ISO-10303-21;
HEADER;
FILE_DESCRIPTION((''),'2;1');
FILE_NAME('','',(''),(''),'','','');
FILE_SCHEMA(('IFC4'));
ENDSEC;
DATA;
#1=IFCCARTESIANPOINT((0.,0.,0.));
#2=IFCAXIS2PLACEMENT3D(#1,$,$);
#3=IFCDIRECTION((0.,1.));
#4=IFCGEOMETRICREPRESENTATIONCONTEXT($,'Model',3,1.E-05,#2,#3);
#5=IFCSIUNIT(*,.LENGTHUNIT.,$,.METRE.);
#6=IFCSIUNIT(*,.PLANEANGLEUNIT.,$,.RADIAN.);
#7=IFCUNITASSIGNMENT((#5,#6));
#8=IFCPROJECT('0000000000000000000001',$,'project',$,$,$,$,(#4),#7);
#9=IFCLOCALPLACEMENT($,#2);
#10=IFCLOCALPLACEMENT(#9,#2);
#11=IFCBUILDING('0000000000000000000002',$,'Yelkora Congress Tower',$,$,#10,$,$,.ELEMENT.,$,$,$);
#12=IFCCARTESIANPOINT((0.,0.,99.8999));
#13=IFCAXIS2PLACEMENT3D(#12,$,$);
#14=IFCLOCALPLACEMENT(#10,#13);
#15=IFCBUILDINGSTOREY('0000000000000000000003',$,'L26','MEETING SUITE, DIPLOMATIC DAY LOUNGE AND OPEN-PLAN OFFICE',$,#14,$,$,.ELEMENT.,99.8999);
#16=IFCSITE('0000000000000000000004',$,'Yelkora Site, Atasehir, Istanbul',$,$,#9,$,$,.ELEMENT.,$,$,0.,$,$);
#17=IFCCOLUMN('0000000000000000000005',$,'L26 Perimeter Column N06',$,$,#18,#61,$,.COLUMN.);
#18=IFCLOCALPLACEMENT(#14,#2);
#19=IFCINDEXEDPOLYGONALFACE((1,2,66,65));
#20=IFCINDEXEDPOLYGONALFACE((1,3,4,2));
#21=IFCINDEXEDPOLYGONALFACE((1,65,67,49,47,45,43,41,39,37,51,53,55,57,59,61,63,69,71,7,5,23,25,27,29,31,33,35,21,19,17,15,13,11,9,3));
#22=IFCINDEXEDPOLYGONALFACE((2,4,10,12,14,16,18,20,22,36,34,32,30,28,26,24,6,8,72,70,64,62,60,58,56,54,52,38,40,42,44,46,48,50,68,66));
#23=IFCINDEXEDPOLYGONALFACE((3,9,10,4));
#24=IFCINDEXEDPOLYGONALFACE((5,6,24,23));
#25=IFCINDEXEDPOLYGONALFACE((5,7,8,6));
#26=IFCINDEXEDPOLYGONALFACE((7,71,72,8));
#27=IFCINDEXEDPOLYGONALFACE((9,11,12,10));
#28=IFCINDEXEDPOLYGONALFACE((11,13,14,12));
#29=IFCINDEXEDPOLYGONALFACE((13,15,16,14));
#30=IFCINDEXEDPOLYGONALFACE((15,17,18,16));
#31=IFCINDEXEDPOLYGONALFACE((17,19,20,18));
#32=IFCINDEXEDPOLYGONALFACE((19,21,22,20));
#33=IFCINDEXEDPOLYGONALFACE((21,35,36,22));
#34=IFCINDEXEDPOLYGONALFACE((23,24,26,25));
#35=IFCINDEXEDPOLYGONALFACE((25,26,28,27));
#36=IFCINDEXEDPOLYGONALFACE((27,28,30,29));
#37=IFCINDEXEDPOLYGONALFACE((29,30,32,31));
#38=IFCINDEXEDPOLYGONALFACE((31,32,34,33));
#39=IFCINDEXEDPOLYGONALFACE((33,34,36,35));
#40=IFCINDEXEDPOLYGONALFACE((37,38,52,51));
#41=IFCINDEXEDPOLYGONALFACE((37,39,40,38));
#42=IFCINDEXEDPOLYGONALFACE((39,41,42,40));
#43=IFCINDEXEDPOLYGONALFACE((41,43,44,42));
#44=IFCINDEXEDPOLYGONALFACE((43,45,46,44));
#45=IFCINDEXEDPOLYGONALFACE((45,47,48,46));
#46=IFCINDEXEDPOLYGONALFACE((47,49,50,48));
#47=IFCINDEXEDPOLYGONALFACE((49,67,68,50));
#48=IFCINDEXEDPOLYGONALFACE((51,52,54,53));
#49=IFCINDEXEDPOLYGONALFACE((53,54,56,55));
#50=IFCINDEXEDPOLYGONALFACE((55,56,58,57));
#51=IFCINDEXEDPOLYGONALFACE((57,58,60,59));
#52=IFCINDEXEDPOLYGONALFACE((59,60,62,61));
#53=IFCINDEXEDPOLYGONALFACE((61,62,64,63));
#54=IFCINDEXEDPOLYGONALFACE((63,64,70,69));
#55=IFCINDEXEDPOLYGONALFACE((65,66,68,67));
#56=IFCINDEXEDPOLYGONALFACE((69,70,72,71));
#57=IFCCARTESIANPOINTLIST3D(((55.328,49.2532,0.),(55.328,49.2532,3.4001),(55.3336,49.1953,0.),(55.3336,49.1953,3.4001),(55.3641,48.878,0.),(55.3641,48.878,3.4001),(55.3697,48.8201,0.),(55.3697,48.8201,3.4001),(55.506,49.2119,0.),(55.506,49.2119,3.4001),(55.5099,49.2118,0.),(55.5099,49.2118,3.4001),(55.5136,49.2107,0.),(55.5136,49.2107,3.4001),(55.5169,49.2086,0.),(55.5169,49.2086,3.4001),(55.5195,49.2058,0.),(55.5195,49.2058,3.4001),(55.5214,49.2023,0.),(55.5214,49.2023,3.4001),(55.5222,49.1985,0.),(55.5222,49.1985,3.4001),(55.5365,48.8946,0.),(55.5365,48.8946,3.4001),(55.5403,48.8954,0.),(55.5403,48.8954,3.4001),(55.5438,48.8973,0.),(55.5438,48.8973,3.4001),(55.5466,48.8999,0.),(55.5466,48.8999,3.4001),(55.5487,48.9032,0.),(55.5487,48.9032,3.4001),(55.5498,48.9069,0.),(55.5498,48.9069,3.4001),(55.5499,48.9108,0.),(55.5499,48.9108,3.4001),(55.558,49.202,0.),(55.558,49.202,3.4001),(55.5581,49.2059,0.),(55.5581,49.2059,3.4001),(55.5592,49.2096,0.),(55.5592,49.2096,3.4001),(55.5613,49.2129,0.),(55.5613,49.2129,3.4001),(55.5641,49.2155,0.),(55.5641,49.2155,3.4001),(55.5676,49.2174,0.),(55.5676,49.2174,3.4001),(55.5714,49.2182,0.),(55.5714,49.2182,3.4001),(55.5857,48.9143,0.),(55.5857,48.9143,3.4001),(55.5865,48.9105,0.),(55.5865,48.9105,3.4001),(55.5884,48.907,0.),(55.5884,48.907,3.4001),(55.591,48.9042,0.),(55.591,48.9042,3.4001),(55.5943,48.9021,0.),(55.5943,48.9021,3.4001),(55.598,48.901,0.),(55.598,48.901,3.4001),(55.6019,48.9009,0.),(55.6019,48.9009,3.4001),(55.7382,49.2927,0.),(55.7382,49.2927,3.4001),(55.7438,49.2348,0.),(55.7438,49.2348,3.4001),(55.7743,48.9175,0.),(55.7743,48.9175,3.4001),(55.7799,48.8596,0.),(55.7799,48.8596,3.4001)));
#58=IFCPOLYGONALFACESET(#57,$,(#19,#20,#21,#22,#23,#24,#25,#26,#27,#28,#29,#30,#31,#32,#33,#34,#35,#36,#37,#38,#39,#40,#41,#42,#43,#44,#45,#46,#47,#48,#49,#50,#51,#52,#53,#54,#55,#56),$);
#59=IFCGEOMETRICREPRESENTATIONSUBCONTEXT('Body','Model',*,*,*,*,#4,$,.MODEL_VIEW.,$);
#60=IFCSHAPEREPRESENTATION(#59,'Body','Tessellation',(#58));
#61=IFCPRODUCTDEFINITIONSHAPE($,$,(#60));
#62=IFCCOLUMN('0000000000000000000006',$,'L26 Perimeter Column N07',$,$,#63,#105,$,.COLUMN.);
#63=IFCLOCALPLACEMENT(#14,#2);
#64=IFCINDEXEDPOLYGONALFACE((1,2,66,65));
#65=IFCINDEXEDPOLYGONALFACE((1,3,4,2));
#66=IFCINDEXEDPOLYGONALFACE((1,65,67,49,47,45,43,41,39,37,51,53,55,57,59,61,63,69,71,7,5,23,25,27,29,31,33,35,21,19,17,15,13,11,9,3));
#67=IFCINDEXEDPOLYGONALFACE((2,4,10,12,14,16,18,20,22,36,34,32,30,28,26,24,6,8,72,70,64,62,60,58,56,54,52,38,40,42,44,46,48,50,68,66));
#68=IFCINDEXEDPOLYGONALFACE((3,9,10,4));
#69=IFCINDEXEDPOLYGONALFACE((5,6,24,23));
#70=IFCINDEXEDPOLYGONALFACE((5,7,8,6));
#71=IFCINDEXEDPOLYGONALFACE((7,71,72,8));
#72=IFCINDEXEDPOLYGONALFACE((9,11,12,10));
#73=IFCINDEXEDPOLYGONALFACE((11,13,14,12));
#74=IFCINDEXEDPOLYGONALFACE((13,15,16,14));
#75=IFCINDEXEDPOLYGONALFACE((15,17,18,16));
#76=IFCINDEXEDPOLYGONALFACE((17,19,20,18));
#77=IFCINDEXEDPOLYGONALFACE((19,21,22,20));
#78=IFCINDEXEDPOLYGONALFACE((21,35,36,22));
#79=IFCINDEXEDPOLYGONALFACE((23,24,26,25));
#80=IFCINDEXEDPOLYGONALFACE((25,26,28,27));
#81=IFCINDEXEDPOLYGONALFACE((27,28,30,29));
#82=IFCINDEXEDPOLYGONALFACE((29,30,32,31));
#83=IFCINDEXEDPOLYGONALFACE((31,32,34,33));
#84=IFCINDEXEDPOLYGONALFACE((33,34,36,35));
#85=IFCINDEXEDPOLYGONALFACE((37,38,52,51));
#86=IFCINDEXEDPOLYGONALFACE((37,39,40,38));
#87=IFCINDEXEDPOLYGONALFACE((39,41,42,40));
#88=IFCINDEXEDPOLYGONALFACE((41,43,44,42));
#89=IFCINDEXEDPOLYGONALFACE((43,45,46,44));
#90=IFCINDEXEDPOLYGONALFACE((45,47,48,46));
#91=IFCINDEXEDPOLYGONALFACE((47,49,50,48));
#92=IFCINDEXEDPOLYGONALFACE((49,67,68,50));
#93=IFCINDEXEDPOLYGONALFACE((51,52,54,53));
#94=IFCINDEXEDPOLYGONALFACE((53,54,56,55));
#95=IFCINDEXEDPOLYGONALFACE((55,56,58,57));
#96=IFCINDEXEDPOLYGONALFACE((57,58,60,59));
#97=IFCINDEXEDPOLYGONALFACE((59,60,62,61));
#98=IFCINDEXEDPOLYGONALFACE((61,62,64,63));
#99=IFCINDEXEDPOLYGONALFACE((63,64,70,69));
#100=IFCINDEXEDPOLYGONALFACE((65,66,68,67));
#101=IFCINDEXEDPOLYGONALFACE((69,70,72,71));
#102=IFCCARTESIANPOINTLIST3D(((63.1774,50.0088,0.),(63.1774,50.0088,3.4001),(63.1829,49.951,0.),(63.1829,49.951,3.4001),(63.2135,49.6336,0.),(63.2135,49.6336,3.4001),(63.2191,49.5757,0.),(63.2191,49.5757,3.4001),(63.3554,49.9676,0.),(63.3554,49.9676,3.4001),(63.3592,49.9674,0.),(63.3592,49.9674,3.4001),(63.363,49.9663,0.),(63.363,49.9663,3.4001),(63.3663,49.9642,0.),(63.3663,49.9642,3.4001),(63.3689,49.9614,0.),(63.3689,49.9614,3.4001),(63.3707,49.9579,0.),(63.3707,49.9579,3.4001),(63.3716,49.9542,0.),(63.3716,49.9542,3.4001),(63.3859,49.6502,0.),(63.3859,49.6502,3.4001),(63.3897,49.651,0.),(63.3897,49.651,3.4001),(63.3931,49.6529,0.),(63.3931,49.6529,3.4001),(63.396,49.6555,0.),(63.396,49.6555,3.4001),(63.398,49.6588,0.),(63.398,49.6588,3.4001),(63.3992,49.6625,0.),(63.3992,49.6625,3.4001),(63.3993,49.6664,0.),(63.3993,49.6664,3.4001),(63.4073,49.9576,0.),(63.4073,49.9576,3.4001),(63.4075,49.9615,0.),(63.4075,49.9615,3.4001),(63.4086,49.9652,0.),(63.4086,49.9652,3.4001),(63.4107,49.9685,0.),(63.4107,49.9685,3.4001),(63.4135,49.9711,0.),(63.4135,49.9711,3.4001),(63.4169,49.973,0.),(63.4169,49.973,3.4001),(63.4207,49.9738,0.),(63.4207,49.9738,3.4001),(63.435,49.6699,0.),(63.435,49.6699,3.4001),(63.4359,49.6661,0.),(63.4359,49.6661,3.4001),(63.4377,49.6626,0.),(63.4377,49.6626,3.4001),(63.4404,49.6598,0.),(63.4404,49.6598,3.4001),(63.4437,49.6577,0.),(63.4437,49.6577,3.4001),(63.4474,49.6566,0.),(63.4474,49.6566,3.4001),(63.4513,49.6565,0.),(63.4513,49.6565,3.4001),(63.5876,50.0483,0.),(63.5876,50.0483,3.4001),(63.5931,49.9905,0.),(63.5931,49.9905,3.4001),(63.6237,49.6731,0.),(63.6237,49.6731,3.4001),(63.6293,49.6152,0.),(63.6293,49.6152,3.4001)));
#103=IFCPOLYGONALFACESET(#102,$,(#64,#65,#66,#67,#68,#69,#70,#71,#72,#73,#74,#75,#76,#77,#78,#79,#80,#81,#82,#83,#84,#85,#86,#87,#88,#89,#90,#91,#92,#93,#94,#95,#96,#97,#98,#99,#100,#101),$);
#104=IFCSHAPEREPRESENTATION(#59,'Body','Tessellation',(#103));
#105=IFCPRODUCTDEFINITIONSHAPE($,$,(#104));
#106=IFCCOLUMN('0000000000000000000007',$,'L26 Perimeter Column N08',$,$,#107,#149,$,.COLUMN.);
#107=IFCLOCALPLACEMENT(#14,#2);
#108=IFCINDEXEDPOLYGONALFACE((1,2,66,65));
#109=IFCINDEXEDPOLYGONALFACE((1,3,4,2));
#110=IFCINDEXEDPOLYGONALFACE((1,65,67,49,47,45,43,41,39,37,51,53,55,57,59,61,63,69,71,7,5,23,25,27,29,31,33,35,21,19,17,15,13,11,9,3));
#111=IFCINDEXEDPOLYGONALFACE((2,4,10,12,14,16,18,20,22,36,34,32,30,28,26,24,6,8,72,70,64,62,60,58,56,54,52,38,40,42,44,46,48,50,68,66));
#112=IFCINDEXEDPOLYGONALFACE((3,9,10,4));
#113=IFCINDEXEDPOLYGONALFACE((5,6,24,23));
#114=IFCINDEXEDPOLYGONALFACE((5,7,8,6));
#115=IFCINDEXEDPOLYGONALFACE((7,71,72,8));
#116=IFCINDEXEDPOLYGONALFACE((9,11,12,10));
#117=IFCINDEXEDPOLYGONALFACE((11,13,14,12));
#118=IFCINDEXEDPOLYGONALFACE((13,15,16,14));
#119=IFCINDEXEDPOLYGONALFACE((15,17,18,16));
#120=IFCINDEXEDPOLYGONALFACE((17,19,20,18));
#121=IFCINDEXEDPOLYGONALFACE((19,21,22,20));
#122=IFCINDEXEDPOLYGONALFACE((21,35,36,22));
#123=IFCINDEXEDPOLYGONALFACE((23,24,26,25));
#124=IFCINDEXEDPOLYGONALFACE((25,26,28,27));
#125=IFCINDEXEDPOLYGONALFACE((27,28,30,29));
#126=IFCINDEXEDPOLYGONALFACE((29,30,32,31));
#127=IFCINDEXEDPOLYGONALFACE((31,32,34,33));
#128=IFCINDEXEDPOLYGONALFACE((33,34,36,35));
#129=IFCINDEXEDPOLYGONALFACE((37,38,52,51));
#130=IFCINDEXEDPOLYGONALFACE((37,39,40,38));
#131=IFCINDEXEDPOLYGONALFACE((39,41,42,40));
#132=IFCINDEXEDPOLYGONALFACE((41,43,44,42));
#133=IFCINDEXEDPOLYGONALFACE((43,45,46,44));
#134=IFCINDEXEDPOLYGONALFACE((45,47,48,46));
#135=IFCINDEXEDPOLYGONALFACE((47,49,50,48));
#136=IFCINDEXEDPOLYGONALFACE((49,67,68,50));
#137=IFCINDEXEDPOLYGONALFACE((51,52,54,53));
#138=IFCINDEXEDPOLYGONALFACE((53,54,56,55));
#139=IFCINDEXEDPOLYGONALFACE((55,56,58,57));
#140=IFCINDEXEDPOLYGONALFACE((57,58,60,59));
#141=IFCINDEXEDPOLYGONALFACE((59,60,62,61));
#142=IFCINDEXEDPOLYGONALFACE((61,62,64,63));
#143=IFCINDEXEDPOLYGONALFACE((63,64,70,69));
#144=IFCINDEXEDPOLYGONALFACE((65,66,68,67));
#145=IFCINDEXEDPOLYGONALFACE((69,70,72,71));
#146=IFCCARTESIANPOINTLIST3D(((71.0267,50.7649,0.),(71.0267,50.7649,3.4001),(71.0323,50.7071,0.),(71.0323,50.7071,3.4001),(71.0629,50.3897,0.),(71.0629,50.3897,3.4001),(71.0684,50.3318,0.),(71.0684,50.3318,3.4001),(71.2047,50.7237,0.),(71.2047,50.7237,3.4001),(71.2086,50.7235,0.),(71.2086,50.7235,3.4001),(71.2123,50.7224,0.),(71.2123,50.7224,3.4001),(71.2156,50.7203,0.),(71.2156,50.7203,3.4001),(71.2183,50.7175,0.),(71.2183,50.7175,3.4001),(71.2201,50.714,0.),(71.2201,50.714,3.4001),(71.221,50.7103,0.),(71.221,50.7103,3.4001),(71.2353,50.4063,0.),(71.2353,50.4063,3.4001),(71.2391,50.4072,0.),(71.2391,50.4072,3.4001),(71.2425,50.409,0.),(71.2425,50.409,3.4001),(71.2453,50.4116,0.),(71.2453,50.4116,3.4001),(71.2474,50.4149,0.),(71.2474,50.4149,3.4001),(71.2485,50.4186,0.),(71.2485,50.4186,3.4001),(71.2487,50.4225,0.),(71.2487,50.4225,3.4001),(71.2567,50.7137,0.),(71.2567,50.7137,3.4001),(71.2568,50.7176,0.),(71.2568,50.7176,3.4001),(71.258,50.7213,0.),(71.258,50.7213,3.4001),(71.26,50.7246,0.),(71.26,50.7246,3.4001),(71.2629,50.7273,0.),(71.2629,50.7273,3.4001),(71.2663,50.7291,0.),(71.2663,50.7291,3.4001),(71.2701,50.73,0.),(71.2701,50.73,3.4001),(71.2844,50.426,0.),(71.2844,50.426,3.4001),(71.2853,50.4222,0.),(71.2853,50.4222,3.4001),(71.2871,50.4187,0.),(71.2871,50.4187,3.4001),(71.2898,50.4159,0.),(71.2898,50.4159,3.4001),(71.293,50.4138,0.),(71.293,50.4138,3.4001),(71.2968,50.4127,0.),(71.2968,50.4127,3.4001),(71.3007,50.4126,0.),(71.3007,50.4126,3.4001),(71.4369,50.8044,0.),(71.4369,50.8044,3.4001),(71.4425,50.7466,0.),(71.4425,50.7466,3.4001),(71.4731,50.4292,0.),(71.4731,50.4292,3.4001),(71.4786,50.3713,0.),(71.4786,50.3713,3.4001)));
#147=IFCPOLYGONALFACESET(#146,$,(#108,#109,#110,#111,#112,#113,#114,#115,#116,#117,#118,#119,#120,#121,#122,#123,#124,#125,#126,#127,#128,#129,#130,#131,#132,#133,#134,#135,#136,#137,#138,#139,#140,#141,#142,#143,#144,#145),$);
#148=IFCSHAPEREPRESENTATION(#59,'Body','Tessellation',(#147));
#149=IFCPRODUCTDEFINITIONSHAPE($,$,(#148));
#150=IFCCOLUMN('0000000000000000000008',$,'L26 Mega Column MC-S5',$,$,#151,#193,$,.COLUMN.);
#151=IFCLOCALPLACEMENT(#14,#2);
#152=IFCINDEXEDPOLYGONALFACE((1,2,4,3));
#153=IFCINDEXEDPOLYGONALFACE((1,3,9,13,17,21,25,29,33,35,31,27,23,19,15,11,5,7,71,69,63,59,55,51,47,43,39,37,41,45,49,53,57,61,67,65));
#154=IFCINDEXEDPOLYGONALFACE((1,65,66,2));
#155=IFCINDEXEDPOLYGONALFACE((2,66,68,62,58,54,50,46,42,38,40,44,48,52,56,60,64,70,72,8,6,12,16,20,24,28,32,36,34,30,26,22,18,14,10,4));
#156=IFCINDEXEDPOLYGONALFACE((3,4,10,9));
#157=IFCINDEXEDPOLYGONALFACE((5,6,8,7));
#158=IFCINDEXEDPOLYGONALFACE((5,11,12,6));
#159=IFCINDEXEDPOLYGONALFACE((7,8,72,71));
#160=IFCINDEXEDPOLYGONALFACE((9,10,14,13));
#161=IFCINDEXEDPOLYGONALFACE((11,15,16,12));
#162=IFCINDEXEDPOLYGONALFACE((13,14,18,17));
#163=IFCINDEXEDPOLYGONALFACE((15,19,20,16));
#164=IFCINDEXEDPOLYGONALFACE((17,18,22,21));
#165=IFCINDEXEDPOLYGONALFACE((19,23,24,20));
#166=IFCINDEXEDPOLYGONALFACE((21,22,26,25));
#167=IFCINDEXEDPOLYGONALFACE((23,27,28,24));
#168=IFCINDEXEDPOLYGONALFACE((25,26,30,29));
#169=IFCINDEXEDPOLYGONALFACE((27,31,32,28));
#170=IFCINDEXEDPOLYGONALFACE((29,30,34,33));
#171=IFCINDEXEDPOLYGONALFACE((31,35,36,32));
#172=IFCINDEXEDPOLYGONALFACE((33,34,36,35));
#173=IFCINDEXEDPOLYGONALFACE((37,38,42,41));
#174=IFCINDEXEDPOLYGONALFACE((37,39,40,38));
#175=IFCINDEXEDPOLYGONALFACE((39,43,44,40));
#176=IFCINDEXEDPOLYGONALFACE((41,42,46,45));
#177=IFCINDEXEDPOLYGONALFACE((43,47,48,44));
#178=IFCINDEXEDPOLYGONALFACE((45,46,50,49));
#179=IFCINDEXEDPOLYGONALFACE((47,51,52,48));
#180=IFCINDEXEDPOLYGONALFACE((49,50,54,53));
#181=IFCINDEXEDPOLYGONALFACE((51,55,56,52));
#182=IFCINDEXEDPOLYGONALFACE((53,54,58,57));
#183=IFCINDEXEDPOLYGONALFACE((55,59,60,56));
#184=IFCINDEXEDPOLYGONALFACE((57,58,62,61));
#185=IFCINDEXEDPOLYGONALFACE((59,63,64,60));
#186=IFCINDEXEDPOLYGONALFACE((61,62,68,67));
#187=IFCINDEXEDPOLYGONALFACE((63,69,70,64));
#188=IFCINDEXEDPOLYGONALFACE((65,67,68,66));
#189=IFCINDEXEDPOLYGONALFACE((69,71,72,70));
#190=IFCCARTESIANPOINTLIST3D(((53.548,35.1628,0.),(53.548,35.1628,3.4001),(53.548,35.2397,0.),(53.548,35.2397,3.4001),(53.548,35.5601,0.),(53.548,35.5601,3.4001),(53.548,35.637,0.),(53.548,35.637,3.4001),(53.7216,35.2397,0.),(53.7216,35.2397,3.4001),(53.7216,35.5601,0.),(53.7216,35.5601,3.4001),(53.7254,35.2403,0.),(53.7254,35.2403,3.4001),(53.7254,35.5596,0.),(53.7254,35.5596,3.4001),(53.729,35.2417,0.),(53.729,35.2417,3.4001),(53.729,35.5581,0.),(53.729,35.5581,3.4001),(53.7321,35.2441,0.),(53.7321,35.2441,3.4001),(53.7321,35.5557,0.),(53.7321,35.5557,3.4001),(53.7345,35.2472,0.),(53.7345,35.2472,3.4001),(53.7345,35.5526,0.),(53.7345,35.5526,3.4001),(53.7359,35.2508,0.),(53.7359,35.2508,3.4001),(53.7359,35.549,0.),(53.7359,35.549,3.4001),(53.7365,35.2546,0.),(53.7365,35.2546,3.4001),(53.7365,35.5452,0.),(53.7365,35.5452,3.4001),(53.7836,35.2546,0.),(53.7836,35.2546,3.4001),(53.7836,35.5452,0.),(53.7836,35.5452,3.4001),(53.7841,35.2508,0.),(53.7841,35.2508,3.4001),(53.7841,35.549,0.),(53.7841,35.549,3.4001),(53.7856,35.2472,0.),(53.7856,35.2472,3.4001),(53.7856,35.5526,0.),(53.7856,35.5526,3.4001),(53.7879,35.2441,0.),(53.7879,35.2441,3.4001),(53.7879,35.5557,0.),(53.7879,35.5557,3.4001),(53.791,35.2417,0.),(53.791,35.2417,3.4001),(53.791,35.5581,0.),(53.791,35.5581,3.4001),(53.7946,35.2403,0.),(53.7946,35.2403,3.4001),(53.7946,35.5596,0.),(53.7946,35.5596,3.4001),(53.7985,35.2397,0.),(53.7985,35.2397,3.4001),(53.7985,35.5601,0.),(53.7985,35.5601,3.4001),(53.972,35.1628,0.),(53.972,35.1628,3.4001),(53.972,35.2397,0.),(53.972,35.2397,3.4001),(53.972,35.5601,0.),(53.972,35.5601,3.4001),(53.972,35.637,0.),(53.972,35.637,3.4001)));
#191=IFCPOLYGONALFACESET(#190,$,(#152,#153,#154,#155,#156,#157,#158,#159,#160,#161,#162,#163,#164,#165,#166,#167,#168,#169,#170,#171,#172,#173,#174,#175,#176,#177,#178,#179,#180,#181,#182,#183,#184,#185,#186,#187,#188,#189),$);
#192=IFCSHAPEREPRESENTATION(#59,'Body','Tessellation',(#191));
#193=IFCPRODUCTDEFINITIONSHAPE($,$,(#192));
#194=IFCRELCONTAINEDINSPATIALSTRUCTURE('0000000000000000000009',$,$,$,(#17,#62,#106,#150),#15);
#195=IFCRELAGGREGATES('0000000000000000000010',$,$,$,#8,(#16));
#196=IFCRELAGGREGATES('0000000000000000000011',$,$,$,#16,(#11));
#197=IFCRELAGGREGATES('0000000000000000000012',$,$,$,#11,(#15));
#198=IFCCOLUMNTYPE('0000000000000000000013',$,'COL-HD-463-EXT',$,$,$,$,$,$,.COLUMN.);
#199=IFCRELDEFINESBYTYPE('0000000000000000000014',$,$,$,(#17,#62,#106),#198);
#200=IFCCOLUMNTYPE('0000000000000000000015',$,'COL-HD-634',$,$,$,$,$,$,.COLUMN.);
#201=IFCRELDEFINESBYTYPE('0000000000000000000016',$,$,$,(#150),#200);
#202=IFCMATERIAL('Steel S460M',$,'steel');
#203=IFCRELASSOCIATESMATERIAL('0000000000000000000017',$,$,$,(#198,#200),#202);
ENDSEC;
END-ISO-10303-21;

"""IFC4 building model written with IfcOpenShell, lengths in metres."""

from ifc_helpers import new_model, si_unit, direction, frame, origin, origin_2d, place, context, subcontext, project, spatial, i_section, extrude, material, material_profile, profile_set, type_object, element, save


model = new_model("IFC4")

# Units and contexts
model_context = context("Model", 3, precision=1e-05, world=origin(), true_north=direction((0.0, 1.0)))
body_context = subcontext(model_context, "Body", "Model", "MODEL_VIEW")
ifc_project = project(units=[si_unit("LENGTHUNIT", "METRE"), si_unit("PLANEANGLEUNIT", "RADIAN")], contexts=[model_context])

# Site, building, storey
site_placement = place(None, origin())
site = spatial("IfcSite", under=ifc_project, at=site_placement, Name="Yelkora Site, Atasehir, Istanbul", CompositionType="ELEMENT", RefElevation=0.0)
building_placement = place(site_placement, origin())
building = spatial("IfcBuilding", under=site, at=building_placement, Name="Yelkora Congress Tower", CompositionType="ELEMENT")
storey_placement = place(building_placement, frame((0.0, 0.0, 99.8999)))
storey = spatial("IfcBuildingStorey", under=building, at=storey_placement, Name="L26", Description="MEETING SUITE, DIPLOMATIC DAY LOUNGE AND OPEN-PLAN OFFICE", CompositionType="ELEMENT", Elevation=99.8999)

# Columns
ifc_material_1 = material(Name="Steel S460M", Category="steel")
ifc_material_profile_1 = material_profile(ifc_material_1, i_section(OverallWidth=0.4121, OverallDepth=0.4351, WebThickness=0.0359, FlangeThickness=0.0581, FilletRadius=0.0149, at=origin_2d()), Name="HD 400x463")
ifc_profile_set_1 = profile_set([ifc_material_profile_1], Name="Steel S460M")
column_type_1 = type_object("IfcColumnType", Name="COL-HD-463-EXT", PredefinedType="COLUMN", material=ifc_profile_set_1)
for number, where, z_axis, x_axis, name in (
    (1, (55.554, 49.0564, 0.0), (0.0, 0.0, 1.0), (0.995396, 0.095846, 0.0), "L26 Perimeter Column N06"),
    (2, (63.4033, 49.812, 0.0), (0.0, 0.0, 1.0), (0.995396, 0.095846, 0.0), "L26 Perimeter Column N07"),
    (3, (71.2527, 50.5681, 0.0), (0.0, 0.0, 1.0), (0.995396, 0.095846, 0.0), "L26 Perimeter Column N08"),
):
    element("IfcColumn", number, at=place(storey_placement, frame(where, z_axis=z_axis, x_axis=x_axis)), inside=storey, type_object=column_type_1, Name=name, PredefinedType="COLUMN", context=body_context, shape_type="SweptSolid", body=[
        extrude(i_section(OverallWidth=0.4121, OverallDepth=0.4351, WebThickness=0.0359, FlangeThickness=0.0581, FilletRadius=0.0149, at=origin_2d()), origin(), (0.0, 0.0, 1.0), 3.4001),
    ])
ifc_material_profile_2 = material_profile(ifc_material_1, i_section(OverallWidth=0.4241, OverallDepth=0.4741, WebThickness=0.0471, FlangeThickness=0.0769, FilletRadius=0.0149, at=origin_2d()), Name="HD 400x634")
ifc_profile_set_2 = profile_set([ifc_material_profile_2], Name="Steel S460M")
column_type_2 = type_object("IfcColumnType", Name="COL-HD-634", PredefinedType="COLUMN", material=ifc_profile_set_2)
for number, where, z_axis, x_axis, name in (
    (4, (53.76, 35.3999, 0.0), (0.0, 0.0, 1.0), (1.0, 0.0, 0.0), "L26 Mega Column MC-S5"),
):
    element("IfcColumn", number, at=place(storey_placement, frame(where, z_axis=z_axis, x_axis=x_axis)), inside=storey, type_object=column_type_2, Name=name, PredefinedType="COLUMN", context=body_context, shape_type="SweptSolid", body=[
        extrude(i_section(OverallWidth=0.4241, OverallDepth=0.4741, WebThickness=0.0471, FlangeThickness=0.0769, FilletRadius=0.0149, at=origin_2d()), origin(), (0.0, 0.0, 1.0), 3.4001),
    ])

save(model, "model.ifc")
